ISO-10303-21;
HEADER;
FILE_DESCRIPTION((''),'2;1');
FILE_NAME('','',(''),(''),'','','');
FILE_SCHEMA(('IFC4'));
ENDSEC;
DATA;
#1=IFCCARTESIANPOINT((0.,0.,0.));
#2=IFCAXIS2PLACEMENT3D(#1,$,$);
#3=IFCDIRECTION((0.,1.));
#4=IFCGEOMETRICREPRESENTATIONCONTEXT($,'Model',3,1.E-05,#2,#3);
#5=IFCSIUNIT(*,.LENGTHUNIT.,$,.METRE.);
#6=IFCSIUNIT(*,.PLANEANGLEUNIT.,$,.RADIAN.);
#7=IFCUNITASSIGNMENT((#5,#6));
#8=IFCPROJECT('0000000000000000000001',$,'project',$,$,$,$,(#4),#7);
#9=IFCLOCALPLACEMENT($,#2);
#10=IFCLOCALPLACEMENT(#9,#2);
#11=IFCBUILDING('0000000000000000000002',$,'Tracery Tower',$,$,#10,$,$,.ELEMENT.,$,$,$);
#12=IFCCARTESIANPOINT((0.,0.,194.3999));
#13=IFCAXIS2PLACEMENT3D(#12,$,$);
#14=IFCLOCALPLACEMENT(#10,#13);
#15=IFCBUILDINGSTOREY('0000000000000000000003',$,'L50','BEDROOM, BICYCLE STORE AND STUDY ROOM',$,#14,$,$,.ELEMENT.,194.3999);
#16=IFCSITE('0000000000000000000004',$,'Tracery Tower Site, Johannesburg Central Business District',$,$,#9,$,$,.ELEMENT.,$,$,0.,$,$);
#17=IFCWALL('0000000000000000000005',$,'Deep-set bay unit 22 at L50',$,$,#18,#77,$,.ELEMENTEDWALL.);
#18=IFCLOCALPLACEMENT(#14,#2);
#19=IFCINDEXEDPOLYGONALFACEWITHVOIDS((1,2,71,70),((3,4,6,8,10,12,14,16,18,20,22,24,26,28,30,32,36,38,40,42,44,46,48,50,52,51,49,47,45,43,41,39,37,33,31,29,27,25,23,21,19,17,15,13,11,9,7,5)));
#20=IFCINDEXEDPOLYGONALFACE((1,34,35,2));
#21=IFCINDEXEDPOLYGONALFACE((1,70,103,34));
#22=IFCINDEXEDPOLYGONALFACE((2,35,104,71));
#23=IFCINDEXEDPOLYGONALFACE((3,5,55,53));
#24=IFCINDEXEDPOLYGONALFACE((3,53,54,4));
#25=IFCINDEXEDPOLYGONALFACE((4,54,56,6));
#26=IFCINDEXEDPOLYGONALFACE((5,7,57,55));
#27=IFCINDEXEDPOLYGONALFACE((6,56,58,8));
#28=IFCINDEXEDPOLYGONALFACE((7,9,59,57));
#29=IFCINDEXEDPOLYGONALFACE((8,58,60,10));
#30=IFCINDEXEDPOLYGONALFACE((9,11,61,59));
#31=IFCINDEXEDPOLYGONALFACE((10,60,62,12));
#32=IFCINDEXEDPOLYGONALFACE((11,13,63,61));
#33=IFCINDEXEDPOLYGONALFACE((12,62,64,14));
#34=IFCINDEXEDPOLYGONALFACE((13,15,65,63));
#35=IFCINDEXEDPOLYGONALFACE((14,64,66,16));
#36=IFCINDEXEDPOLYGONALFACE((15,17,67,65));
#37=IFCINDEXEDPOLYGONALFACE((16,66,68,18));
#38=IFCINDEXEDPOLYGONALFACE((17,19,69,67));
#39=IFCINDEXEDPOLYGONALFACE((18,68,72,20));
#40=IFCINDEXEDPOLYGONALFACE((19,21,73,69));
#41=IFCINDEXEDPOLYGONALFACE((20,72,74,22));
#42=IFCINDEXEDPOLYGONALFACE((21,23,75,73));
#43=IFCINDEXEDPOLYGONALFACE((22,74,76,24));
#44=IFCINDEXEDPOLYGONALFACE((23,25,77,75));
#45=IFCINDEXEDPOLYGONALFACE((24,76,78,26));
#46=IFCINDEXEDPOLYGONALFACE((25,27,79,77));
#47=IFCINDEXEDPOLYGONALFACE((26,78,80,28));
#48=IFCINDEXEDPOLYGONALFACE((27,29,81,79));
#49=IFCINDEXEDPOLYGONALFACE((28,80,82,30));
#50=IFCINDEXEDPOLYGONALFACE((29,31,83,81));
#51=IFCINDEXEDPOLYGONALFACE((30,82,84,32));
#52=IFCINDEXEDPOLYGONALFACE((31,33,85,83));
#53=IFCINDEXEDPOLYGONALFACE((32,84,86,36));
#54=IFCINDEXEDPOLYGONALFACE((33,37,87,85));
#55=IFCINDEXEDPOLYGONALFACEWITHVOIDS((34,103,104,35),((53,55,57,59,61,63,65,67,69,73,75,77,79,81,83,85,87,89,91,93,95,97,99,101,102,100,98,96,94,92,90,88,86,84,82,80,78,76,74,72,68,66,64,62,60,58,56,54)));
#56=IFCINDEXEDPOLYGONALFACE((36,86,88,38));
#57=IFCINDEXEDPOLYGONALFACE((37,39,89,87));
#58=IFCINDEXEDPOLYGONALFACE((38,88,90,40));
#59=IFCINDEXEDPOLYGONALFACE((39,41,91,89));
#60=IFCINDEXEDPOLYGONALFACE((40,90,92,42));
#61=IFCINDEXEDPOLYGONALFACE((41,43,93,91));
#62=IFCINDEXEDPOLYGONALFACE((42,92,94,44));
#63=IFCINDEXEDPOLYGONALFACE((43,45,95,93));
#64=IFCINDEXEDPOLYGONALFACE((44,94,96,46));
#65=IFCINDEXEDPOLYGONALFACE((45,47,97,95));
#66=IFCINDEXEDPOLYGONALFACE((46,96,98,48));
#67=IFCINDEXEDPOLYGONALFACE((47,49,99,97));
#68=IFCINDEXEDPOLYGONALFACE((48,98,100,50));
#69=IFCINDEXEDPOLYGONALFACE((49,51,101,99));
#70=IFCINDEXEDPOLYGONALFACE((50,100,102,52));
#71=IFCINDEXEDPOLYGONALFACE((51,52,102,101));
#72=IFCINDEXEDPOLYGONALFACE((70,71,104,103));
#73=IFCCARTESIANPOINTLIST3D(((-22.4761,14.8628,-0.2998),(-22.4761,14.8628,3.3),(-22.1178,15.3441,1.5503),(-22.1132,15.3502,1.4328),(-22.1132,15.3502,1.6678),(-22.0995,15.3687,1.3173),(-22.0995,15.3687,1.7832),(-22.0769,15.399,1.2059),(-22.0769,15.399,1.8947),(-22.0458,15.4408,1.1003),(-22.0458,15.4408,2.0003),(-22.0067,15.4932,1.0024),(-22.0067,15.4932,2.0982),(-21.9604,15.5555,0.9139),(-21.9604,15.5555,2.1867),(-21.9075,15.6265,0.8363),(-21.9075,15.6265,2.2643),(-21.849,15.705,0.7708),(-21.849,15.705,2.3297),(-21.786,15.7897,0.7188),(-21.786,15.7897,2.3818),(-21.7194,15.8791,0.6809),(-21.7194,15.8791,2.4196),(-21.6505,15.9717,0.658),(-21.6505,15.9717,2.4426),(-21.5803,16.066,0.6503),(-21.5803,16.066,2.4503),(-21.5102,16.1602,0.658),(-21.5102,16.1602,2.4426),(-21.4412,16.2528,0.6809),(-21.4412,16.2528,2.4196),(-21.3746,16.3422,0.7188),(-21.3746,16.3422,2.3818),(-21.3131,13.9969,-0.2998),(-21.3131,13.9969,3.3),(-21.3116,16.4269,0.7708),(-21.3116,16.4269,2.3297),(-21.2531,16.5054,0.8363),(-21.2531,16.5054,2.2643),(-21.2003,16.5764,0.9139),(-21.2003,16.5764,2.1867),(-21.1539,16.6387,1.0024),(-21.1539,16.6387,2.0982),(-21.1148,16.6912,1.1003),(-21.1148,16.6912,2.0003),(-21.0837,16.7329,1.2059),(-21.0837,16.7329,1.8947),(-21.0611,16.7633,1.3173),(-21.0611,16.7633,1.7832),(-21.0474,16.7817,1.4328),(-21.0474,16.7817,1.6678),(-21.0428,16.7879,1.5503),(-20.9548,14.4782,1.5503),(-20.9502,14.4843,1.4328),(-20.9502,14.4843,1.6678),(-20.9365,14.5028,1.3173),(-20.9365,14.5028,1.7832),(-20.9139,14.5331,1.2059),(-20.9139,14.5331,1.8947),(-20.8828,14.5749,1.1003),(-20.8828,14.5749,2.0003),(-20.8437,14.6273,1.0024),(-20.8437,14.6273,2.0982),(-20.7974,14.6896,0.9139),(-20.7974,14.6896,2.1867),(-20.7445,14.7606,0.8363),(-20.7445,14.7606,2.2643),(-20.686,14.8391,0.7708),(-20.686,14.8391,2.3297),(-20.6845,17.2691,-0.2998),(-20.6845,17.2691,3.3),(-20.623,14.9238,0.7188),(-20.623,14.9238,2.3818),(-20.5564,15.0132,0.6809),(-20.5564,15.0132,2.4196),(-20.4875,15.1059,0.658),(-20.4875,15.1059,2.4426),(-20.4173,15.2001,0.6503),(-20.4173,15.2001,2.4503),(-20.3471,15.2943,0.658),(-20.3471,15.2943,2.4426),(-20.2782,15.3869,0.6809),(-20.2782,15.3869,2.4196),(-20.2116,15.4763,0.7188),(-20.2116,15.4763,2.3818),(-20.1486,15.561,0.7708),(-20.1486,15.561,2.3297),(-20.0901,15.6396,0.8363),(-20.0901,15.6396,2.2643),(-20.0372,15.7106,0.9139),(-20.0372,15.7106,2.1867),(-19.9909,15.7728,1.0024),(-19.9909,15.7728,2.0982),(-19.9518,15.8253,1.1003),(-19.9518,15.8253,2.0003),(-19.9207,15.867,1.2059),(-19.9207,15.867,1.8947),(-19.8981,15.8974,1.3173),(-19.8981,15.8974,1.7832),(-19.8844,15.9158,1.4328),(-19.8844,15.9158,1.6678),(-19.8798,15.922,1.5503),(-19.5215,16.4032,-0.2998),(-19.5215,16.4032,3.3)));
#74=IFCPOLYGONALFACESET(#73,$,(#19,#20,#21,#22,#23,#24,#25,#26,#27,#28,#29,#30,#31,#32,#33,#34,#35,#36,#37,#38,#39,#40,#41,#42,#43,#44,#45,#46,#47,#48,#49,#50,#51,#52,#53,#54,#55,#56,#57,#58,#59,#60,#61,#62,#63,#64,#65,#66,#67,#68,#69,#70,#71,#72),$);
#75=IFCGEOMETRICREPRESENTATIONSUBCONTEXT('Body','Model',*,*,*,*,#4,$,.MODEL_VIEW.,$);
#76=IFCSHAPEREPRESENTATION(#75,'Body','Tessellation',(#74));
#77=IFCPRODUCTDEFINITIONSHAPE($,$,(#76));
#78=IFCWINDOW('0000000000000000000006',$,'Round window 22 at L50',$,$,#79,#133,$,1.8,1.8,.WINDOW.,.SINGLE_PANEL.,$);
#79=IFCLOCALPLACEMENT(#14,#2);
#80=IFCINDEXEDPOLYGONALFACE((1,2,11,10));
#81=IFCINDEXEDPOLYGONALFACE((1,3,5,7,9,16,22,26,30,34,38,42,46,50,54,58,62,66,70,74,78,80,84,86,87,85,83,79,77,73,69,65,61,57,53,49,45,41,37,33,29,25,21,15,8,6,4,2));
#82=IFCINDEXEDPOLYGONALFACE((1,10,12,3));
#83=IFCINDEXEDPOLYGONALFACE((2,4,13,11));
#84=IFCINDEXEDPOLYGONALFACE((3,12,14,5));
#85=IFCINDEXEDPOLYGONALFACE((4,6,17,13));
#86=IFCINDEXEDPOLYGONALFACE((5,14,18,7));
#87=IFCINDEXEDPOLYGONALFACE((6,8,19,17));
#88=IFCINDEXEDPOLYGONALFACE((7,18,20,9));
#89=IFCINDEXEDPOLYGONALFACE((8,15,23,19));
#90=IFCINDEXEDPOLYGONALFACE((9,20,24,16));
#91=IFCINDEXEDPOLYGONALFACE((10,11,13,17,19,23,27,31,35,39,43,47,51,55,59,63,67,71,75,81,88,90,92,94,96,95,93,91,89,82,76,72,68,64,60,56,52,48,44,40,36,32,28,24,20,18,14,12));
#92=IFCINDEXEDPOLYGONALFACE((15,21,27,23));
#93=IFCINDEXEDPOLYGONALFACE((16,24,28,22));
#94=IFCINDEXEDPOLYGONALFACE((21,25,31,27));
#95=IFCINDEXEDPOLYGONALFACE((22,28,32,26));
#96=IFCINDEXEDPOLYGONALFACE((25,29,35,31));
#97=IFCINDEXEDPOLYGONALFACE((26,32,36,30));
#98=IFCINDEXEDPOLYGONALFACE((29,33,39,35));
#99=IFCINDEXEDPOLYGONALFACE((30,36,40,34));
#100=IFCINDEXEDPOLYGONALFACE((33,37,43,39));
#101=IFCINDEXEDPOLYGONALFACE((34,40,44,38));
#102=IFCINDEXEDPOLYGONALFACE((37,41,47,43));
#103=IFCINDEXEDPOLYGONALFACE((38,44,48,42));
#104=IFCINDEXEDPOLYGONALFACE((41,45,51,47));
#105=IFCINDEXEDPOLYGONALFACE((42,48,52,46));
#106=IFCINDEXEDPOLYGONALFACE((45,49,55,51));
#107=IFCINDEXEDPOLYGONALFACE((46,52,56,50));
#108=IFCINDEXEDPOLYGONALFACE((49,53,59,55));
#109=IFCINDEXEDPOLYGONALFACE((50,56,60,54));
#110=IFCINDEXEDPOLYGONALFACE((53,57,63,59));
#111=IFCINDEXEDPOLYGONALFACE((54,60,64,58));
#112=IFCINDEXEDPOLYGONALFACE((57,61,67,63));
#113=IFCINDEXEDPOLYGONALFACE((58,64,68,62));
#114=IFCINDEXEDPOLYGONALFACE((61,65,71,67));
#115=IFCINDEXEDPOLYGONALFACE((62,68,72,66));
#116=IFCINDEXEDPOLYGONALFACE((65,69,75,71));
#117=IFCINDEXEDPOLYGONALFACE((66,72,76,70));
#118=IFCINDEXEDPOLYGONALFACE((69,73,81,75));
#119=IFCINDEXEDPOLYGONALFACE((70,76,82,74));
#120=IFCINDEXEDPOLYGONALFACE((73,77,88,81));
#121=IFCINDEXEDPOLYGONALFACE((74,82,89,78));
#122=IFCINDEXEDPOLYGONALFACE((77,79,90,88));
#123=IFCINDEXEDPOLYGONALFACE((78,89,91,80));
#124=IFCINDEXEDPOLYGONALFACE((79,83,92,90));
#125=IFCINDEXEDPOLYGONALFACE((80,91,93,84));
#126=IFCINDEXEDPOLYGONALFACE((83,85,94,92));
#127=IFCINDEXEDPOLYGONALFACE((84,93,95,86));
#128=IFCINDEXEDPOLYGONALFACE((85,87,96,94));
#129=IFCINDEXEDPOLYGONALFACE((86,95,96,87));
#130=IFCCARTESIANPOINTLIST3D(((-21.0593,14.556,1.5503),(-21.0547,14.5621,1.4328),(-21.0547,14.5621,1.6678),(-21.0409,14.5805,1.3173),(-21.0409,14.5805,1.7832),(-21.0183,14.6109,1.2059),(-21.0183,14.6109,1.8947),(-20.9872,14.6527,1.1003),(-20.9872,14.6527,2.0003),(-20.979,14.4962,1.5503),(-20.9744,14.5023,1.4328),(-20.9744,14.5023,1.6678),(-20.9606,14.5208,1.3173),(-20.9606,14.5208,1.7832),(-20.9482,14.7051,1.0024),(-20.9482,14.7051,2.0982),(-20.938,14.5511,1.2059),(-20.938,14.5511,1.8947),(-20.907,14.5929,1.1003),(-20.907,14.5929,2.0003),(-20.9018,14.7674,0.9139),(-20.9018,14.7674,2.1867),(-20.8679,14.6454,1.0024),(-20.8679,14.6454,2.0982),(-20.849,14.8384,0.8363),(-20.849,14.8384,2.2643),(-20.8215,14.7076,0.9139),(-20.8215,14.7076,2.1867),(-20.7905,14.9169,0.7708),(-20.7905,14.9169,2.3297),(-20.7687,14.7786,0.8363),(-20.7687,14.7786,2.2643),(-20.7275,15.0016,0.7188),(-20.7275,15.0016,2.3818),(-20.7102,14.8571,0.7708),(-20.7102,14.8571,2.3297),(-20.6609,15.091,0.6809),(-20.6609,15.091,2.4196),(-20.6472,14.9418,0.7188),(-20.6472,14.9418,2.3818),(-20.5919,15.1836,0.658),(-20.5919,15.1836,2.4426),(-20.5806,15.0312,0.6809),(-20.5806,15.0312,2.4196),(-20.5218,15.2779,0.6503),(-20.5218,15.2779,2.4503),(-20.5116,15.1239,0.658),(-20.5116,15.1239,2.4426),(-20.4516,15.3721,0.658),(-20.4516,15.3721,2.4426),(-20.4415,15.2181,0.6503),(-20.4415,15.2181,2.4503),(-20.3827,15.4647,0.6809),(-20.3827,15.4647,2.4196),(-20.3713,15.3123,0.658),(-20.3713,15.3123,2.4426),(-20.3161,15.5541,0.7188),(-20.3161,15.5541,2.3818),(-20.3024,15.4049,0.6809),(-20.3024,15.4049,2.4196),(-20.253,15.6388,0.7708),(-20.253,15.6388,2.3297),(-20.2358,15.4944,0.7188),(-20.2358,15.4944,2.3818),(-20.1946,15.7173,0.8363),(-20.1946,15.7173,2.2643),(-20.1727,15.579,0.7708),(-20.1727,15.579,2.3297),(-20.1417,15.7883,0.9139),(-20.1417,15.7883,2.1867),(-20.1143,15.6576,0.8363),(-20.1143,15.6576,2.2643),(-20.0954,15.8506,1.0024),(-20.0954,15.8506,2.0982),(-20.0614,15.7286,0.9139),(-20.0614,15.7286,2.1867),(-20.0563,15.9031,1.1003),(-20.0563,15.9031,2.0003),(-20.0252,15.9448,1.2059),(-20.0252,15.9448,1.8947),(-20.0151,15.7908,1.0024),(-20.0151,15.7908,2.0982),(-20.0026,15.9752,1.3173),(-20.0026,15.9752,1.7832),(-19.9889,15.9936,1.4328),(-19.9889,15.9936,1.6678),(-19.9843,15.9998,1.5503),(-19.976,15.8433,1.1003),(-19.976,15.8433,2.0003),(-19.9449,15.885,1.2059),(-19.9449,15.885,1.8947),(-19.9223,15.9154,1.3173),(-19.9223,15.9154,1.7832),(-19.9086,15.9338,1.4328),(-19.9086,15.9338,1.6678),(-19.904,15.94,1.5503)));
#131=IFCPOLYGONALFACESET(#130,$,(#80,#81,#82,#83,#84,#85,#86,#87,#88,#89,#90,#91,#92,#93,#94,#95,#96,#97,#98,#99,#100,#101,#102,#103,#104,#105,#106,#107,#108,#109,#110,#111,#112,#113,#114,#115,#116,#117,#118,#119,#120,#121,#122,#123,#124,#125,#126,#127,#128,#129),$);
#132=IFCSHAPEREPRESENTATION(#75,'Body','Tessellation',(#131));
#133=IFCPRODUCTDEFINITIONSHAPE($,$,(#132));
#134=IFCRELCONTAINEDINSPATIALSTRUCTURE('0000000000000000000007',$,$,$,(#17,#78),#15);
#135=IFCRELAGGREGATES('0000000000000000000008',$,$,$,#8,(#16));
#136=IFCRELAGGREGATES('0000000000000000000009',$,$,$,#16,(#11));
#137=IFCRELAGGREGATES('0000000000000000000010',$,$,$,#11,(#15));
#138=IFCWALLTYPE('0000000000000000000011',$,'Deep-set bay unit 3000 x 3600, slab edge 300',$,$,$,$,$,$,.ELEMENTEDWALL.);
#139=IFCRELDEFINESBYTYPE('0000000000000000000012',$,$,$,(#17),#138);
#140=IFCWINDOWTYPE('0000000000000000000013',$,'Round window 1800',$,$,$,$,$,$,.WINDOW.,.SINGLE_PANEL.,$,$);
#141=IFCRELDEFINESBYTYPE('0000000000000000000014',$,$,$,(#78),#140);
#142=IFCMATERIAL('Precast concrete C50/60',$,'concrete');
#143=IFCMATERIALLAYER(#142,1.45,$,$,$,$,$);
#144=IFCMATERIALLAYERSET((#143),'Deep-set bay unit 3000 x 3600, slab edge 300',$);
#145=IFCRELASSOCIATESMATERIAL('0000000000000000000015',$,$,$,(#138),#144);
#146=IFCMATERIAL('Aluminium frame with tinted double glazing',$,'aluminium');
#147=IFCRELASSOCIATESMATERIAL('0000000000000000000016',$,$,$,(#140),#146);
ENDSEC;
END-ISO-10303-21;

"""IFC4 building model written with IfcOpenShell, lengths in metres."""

from ifc_helpers import new_model, si_unit, direction, frame, frame_2d, origin, origin_2d, place, context, subcontext, project, spatial, rectangle, circle, extrude, material, layer, layer_set, type_object, element, fill, save


model = new_model("IFC4")

# Units and contexts
model_context = context("Model", 3, precision=1e-05, world=origin(), true_north=direction((0.0, 1.0)))
body_context = subcontext(model_context, "Body", "Model", "MODEL_VIEW")
ifc_project = project(units=[si_unit("LENGTHUNIT", "METRE"), si_unit("PLANEANGLEUNIT", "RADIAN")], contexts=[model_context])

# Site, building, storey
site_placement = place(None, origin())
site = spatial("IfcSite", under=ifc_project, at=site_placement, Name="Tracery Tower Site, Johannesburg Central Business District", CompositionType="ELEMENT", RefElevation=0.0)
building_placement = place(site_placement, origin())
building = spatial("IfcBuilding", under=site, at=building_placement, Name="Tracery Tower", CompositionType="ELEMENT")
storey_placement = place(building_placement, frame((0.0, 0.0, 194.3999)))
storey = spatial("IfcBuildingStorey", under=building, at=storey_placement, Name="L50", Description="BEDROOM, BICYCLE STORE AND STUDY ROOM", CompositionType="ELEMENT", Elevation=194.3999)

# Wall, opening, window
ifc_material_1 = material(Name="Precast concrete C50/60", Category="concrete")
ifc_layer_1 = layer(ifc_material_1, 1.45)
ifc_layer_set_1 = layer_set([ifc_layer_1], Name="Deep-set bay unit 3000 x 3600, slab edge 300")
wall_type_1 = type_object("IfcWallType", Name="Deep-set bay unit 3000 x 3600, slab edge 300", PredefinedType="ELEMENTEDWALL", material=ifc_layer_set_1)
ifc_material_2 = material(Name="Aluminium frame with tinted double glazing", Category="aluminium")
window_type = type_object("IfcWindowType", Name="Round window 1800", PartitioningType="SINGLE_PANEL", PredefinedType="WINDOW", material=ifc_material_2)
wall_1_placement = place(storey_placement, frame((-20.103, 16.8362, -0.2998), z_axis=(0.0, 0.0, 1.0), x_axis=(-0.597184, -0.802104, 0.0)))
wall_1 = element("IfcWall", 1, at=wall_1_placement, inside=storey, type_object=wall_type_1, Name="Deep-set bay unit 22 at L50", PredefinedType="ELEMENTEDWALL", context=body_context, shape_type="SweptSolid", body=[
    extrude(rectangle(XDim=3.0, YDim=1.45, at=frame_2d((1.5, 0.0))), origin(), (0.0, 0.0, 1.0), 3.5999),
])
opening_1_placement = place(wall_1_placement, frame((1.5, 0.0, 1.8501)))
opening_1 = element("IfcOpeningElement", 2, at=opening_1_placement, cuts=wall_1, PredefinedType="OPENING", context=body_context, shape_type="SweptSolid", body=[
    extrude(circle(Radius=0.9, at=origin_2d()), frame((0.0, 0.7349, 0.0), z_axis=(0.0, -1.0, 0.0), x_axis=(1.0, 0.0, 0.0)), (0.0, 0.0, 1.0), 1.47),
])
window_1_placement = place(opening_1_placement, origin())
window_1 = element("IfcWindow", 3, at=window_1_placement, inside=storey, type_object=window_type, Name="Round window 22 at L50", OverallHeight=1.8, OverallWidth=1.8, PartitioningType="SINGLE_PANEL", PredefinedType="WINDOW", context=body_context, shape_type="SweptSolid", body=[
    extrude(circle(Radius=0.9, at=origin_2d()), frame((0.0, 0.6948, 0.0), z_axis=(0.0, -1.0, 0.0), x_axis=(1.0, 0.0, 0.0)), (0.0, 0.0, 1.0), 0.1001),
])
fill(opening_1, window_1)

save(model, "model.ifc")
